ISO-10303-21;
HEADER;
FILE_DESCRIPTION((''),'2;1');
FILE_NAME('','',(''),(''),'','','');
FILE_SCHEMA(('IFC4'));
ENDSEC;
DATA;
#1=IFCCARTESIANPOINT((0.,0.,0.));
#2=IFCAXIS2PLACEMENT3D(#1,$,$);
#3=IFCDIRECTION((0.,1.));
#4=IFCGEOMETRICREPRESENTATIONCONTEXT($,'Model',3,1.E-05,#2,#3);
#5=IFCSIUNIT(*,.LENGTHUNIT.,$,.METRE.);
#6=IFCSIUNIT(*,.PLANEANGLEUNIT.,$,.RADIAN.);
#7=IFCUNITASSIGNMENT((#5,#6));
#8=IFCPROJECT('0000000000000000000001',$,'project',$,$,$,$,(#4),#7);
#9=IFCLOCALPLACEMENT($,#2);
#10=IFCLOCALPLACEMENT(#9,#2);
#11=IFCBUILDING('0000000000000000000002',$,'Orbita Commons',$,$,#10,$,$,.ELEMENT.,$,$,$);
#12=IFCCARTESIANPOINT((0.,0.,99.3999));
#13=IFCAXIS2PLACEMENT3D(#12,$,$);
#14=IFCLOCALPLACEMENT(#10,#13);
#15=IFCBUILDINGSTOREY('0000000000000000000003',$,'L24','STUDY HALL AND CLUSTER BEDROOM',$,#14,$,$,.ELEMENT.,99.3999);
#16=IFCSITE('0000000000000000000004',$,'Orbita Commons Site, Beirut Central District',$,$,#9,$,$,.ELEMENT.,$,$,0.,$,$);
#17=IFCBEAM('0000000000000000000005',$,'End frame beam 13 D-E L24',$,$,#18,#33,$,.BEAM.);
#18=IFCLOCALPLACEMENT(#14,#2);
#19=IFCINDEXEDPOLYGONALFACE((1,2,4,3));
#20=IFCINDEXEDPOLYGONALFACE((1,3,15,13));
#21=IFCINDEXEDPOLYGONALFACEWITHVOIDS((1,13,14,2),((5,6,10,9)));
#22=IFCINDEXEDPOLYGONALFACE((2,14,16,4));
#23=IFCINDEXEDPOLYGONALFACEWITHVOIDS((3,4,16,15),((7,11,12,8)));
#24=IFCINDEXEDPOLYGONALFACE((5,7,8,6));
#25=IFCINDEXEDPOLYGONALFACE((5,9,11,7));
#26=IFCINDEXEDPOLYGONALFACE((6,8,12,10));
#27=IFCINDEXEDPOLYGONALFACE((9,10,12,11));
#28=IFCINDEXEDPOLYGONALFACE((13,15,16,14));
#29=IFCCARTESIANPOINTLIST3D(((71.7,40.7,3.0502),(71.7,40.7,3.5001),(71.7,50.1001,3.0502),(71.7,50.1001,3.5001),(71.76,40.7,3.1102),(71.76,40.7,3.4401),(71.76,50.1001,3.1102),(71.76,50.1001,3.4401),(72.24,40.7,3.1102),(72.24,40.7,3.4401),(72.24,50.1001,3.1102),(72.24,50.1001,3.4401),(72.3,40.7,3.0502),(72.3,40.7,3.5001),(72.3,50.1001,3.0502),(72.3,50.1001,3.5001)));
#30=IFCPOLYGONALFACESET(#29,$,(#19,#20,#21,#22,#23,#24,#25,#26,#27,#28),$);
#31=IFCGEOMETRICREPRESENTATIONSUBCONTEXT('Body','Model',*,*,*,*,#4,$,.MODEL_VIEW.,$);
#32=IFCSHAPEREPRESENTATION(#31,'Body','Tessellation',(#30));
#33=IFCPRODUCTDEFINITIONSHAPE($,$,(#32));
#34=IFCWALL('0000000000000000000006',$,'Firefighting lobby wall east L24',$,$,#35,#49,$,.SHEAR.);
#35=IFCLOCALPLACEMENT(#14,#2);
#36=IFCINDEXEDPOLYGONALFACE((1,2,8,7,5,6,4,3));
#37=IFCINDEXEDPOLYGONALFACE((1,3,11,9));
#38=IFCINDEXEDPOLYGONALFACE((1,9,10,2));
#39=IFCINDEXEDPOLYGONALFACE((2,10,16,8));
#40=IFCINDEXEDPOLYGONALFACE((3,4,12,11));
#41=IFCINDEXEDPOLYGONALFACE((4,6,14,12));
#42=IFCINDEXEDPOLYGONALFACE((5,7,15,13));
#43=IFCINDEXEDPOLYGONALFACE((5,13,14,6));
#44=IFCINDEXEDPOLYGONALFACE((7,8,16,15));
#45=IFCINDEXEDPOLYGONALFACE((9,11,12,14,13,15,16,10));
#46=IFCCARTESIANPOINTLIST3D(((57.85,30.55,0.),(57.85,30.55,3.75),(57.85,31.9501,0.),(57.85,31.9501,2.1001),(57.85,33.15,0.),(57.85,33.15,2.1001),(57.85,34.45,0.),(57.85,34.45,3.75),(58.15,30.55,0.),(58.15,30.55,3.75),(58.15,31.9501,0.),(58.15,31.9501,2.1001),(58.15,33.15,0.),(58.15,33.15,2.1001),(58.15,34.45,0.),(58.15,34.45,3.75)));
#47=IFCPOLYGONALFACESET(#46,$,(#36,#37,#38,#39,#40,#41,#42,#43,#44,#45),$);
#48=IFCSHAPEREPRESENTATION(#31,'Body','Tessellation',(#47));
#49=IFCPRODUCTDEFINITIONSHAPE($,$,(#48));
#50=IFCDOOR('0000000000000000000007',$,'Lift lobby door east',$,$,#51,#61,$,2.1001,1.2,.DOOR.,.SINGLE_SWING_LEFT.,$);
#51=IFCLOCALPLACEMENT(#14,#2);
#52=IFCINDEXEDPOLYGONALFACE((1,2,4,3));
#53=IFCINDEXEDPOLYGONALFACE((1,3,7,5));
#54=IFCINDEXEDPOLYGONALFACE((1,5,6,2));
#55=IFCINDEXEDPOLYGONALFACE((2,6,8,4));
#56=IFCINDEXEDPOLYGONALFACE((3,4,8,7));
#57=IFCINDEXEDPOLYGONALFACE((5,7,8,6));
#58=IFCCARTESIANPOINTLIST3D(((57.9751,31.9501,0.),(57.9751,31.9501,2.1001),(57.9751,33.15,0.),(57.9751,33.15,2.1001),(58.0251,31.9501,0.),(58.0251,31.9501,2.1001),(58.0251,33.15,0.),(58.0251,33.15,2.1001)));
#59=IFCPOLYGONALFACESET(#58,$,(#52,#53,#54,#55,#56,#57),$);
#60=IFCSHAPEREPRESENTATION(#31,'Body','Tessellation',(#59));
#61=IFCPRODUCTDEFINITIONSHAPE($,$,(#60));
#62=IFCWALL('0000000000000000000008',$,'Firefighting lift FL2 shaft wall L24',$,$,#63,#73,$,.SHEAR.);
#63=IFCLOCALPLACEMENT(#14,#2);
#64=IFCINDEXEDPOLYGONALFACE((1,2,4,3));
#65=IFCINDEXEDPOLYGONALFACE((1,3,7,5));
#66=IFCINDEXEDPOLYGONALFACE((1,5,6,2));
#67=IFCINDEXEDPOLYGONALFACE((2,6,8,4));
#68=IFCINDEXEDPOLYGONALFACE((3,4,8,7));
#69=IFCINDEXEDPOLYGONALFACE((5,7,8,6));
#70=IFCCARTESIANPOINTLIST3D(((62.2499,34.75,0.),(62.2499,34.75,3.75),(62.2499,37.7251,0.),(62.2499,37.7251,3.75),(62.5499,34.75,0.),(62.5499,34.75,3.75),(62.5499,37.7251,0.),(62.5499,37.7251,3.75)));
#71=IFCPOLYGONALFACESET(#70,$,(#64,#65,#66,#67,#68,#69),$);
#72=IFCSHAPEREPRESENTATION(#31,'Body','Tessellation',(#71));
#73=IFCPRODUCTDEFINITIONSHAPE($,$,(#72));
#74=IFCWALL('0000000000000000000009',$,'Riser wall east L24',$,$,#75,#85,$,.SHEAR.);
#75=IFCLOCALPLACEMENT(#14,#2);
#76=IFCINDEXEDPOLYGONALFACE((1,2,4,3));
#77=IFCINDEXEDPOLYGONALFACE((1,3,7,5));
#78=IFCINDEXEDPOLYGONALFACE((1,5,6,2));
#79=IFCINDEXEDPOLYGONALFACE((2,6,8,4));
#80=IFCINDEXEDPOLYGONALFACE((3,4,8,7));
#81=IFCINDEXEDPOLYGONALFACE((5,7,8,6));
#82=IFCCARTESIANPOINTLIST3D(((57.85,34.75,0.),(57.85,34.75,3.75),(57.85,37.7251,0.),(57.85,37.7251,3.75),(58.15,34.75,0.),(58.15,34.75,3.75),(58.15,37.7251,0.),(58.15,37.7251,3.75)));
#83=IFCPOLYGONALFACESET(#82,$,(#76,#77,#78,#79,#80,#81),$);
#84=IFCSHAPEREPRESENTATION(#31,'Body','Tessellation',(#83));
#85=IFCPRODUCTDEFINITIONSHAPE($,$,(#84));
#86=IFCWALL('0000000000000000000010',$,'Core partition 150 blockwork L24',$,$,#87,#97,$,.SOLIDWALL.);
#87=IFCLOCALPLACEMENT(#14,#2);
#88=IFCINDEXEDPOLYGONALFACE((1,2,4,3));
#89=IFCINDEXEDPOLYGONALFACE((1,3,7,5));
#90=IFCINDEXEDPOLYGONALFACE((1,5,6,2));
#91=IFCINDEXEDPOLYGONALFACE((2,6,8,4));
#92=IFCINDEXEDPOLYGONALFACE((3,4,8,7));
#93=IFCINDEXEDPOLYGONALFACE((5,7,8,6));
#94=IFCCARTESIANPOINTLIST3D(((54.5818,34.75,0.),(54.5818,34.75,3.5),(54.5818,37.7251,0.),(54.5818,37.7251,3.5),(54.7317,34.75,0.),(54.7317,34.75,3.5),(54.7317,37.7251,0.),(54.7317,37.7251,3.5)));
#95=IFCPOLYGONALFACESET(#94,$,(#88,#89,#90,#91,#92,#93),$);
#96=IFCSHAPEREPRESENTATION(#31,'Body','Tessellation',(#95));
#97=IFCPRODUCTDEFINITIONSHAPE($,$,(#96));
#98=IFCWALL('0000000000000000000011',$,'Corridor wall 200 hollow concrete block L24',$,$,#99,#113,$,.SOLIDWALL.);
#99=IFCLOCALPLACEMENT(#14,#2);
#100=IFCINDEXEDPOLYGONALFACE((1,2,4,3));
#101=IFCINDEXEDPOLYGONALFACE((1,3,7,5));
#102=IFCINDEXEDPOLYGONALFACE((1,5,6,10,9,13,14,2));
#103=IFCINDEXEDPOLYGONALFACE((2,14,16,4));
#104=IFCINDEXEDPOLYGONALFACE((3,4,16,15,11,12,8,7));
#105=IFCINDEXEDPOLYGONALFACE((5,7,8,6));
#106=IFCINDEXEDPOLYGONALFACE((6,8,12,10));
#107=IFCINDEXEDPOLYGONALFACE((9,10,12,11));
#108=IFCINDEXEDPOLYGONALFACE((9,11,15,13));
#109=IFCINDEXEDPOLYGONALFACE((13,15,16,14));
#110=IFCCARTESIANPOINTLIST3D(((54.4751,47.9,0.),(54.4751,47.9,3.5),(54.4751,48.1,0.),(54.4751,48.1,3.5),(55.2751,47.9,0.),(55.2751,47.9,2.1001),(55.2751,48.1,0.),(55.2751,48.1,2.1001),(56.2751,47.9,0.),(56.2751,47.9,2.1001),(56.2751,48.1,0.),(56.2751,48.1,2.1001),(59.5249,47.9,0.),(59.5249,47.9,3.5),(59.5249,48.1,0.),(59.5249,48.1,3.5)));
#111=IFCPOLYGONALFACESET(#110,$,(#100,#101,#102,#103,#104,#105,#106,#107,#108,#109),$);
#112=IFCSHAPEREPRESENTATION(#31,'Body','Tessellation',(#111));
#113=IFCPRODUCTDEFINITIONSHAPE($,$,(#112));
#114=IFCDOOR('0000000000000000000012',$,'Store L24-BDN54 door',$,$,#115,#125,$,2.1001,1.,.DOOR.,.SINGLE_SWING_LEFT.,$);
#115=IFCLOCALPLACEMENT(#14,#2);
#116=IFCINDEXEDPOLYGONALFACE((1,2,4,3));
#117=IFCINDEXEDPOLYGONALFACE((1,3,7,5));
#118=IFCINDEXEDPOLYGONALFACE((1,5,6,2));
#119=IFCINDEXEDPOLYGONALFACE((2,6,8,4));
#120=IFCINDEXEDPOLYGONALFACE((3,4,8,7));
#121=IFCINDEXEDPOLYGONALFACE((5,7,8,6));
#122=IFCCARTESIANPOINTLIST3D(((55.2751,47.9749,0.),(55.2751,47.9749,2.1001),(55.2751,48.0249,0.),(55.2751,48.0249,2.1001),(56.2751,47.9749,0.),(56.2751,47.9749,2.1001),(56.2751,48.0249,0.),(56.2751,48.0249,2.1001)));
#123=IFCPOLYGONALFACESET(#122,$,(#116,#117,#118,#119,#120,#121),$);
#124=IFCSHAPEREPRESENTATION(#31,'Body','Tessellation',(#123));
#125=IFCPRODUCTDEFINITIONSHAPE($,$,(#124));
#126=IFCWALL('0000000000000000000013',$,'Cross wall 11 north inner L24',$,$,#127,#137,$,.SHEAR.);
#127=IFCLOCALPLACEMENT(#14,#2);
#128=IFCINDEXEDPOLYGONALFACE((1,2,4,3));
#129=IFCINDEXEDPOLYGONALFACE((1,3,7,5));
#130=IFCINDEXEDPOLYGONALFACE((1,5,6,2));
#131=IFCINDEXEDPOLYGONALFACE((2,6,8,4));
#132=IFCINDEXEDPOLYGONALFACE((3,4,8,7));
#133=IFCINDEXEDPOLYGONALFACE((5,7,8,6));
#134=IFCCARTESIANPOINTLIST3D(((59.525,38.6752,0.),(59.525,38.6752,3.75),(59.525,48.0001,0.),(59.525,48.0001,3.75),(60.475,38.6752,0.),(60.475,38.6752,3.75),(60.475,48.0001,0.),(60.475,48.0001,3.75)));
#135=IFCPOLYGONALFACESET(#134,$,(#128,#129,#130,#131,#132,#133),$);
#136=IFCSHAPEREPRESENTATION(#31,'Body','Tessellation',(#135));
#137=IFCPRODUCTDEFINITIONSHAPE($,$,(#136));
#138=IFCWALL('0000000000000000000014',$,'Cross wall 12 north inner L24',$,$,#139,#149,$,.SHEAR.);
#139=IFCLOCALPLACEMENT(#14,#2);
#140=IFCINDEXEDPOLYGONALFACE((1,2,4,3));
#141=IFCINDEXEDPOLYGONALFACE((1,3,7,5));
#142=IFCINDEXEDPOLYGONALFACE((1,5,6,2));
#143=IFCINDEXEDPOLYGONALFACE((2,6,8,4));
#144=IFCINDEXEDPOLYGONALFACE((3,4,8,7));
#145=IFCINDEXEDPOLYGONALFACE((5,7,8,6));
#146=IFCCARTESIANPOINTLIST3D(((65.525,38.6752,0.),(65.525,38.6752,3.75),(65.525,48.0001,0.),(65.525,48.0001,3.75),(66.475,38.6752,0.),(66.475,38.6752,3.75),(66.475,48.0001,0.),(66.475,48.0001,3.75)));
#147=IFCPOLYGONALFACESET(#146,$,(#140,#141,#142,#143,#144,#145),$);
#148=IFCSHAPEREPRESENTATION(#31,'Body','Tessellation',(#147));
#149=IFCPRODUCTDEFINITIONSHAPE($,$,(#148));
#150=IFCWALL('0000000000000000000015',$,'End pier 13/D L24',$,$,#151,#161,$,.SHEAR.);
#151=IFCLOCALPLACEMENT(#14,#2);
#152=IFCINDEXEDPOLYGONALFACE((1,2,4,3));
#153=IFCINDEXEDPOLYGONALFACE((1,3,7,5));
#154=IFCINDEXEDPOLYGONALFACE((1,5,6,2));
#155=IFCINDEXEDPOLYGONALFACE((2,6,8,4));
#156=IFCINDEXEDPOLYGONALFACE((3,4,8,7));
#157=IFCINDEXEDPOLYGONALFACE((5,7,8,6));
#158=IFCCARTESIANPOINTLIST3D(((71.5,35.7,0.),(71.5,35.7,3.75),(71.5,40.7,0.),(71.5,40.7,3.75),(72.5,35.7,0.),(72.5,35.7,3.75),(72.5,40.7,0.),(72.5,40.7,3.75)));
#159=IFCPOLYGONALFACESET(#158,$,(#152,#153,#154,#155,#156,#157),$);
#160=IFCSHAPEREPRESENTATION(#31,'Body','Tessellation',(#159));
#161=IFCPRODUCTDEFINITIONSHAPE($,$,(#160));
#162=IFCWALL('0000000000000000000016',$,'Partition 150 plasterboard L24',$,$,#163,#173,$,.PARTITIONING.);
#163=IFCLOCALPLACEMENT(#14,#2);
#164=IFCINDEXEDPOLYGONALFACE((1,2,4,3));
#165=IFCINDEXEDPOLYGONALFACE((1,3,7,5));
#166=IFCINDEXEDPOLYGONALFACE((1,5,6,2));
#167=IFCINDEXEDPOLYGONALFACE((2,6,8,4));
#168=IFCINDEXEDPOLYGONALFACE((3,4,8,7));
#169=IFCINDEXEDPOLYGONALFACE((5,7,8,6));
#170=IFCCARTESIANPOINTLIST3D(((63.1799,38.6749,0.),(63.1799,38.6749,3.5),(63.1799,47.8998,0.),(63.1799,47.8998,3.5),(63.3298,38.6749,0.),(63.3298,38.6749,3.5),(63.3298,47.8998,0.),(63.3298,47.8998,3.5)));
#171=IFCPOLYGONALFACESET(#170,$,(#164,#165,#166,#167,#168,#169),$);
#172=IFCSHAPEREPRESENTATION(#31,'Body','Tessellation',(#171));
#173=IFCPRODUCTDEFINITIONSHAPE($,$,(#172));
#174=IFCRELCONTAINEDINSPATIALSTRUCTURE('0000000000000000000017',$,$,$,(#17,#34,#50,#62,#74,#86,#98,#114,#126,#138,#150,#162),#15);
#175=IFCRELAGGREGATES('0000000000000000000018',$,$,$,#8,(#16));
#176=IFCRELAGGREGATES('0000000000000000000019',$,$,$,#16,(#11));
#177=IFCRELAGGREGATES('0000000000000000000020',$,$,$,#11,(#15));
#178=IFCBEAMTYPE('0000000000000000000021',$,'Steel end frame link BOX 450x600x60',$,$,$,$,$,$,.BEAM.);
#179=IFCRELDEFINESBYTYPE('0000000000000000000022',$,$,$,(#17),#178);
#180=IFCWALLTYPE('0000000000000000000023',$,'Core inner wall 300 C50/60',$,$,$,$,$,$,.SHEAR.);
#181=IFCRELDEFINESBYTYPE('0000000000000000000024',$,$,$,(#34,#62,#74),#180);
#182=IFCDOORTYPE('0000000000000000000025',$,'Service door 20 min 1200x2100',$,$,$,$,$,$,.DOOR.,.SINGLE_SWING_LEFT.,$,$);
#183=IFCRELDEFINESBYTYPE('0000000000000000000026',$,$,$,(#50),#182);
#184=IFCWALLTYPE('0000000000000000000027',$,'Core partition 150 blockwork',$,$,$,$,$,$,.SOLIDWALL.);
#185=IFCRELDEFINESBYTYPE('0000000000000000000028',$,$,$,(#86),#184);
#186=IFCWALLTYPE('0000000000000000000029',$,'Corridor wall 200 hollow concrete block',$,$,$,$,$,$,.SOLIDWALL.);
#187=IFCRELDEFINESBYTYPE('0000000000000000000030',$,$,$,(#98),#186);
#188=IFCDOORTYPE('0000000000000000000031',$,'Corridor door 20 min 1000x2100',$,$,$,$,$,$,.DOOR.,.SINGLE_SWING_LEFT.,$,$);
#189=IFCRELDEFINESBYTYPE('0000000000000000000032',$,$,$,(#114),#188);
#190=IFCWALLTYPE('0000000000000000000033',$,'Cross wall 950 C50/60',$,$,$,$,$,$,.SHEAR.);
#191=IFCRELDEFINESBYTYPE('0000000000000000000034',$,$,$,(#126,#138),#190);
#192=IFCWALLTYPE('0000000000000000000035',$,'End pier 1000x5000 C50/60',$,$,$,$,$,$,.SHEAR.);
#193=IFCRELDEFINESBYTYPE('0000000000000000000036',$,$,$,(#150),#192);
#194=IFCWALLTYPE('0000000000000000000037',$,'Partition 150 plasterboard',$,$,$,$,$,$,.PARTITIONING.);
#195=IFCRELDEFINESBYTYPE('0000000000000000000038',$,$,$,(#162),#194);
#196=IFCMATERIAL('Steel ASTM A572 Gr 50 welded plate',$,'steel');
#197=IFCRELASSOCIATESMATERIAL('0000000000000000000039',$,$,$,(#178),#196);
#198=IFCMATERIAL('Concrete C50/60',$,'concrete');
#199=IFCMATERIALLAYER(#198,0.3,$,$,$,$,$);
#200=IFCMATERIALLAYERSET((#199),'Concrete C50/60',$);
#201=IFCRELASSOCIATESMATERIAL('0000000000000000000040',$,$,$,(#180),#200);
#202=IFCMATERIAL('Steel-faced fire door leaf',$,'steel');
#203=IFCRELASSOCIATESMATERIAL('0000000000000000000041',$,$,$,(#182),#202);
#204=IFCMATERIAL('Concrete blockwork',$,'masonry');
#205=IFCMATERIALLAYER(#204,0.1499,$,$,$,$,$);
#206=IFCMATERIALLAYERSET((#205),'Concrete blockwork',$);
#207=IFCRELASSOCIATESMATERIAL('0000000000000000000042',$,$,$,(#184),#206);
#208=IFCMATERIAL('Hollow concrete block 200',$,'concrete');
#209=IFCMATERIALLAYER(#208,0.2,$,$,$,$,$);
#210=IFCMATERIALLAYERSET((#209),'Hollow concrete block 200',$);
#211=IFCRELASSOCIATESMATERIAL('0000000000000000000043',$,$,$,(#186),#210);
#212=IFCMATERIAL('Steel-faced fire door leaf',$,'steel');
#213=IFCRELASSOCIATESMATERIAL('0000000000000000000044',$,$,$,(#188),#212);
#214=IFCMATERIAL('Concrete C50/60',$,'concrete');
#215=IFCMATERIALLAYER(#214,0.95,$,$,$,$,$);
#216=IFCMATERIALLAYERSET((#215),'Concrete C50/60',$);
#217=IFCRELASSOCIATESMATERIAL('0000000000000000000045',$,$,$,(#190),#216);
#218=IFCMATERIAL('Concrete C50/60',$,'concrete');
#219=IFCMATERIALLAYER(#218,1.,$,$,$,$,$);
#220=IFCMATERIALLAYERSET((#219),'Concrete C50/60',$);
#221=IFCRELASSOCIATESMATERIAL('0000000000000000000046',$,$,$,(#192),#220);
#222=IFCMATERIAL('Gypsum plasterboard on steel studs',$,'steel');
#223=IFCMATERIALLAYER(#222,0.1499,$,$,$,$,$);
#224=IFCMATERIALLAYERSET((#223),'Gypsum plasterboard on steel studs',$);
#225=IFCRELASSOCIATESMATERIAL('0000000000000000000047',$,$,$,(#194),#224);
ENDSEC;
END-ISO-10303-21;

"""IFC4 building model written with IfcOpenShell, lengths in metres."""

from ifc_helpers import new_model, si_unit, direction, frame, frame_2d, origin, origin_2d, place, context, subcontext, project, spatial, rectangle, hollow_rectangle, extrude, material, layer, layer_set, material_profile, profile_set, type_object, element, fill, save


model = new_model("IFC4")

# Units and contexts
model_context = context("Model", 3, precision=1e-05, world=origin(), true_north=direction((0.0, 1.0)))
body_context = subcontext(model_context, "Body", "Model", "MODEL_VIEW")
ifc_project = project(units=[si_unit("LENGTHUNIT", "METRE"), si_unit("PLANEANGLEUNIT", "RADIAN")], contexts=[model_context])

# Site, building, storey
site_placement = place(None, origin())
site = spatial("IfcSite", under=ifc_project, at=site_placement, Name="Orbita Commons Site, Beirut Central District", CompositionType="ELEMENT", RefElevation=0.0)
building_placement = place(site_placement, origin())
building = spatial("IfcBuilding", under=site, at=building_placement, Name="Orbita Commons", CompositionType="ELEMENT")
storey_placement = place(building_placement, frame((0.0, 0.0, 99.3999)))
storey = spatial("IfcBuildingStorey", under=building, at=storey_placement, Name="L24", Description="STUDY HALL AND CLUSTER BEDROOM", CompositionType="ELEMENT", Elevation=99.3999)

# Beam
ifc_material_1 = material(Name="Steel ASTM A572 Gr 50 welded plate", Category="steel")
ifc_material_profile = material_profile(ifc_material_1, hollow_rectangle(XDim=0.6001, YDim=0.45, WallThickness=0.0601, at=origin_2d()), Name="BOX 450x600x60")
ifc_profile_set = profile_set([ifc_material_profile], Name="Steel ASTM A572 Gr 50 welded plate")
beam_type = type_object("IfcBeamType", Name="Steel end frame link BOX 450x600x60", PredefinedType="BEAM", material=ifc_profile_set)
beam_placement = place(storey_placement, frame((72.0, 40.7, 3.2751), z_axis=(0.0, 1.0, 0.0), x_axis=(-1.0, 0.0, 0.0)))
element("IfcBeam", 1, at=beam_placement, inside=storey, type_object=beam_type, Name="End frame beam 13 D-E L24", PredefinedType="BEAM", context=body_context, shape_type="SweptSolid", body=[
    extrude(hollow_rectangle(XDim=0.6001, YDim=0.45, WallThickness=0.0601, at=origin_2d()), origin(), (0.0, 0.0, 1.0), 9.4001),
])

# Wall, opening, door
ifc_material_2 = material(Name="Concrete C50/60", Category="concrete")
ifc_layer_1 = layer(ifc_material_2, 0.3)
ifc_layer_set_1 = layer_set([ifc_layer_1], Name="Concrete C50/60")
wall_type_1 = type_object("IfcWallType", Name="Core inner wall 300 C50/60", PredefinedType="SHEAR", material=ifc_layer_set_1)
wall_1_placement = place(storey_placement, frame((58.0, 30.55, 0.0), z_axis=(0.0, 0.0, 1.0), x_axis=(0.0, 1.0, 0.0)))
wall_1 = element("IfcWall", 2, at=wall_1_placement, inside=storey, type_object=wall_type_1, Name="Firefighting lobby wall east L24", PredefinedType="SHEAR", context=body_context, shape_type="SweptSolid", body=[
    extrude(rectangle(XDim=3.8999, YDim=0.3, at=frame_2d((1.95, 0.0))), origin(), (0.0, 0.0, 1.0), 3.75),
])
opening_1_placement = place(wall_1_placement, frame((1.3999, 0.0, 0.0)))
opening_1 = element("IfcOpeningElement", 3, at=opening_1_placement, cuts=wall_1, PredefinedType="OPENING", context=body_context, shape_type="SweptSolid", body=[
    extrude(rectangle(XDim=1.2, YDim=2.1001, at=frame_2d((0.6001, 1.05))), frame((0.0, 0.1599, 0.0), z_axis=(0.0, -1.0, 0.0), x_axis=(1.0, 0.0, 0.0)), (0.0, 0.0, 1.0), 0.3201),
])
ifc_material_3 = material(Name="Steel-faced fire door leaf", Category="steel")
door_type_1 = type_object("IfcDoorType", Name="Service door 20 min 1200x2100", OperationType="SINGLE_SWING_LEFT", PredefinedType="DOOR", material=ifc_material_3)
door_1_placement = place(opening_1_placement, origin())
door_1 = element("IfcDoor", 4, at=door_1_placement, inside=storey, type_object=door_type_1, Name="Lift lobby door east", OperationType="SINGLE_SWING_LEFT", OverallHeight=2.1001, OverallWidth=1.2, PredefinedType="DOOR", context=body_context, shape_type="SweptSolid", body=[
    extrude(rectangle(XDim=1.2, YDim=2.1001, at=frame_2d((0.6001, 1.05))), frame((0.0, 0.0249, 0.0), z_axis=(0.0, -1.0, 0.0), x_axis=(1.0, 0.0, 0.0)), (0.0, 0.0, 1.0), 0.05),
])
fill(opening_1, door_1)

# Walls
for number, where, z_axis, x_axis, name in (
    (5, (62.3999, 34.75, 0.0), (0.0, 0.0, 1.0), (0.0, 1.0, 0.0), "Firefighting lift FL2 shaft wall L24"),
    (6, (58.0, 34.75, 0.0), (0.0, 0.0, 1.0), (0.0, 1.0, 0.0), "Riser wall east L24"),
):
    element("IfcWall", number, at=place(storey_placement, frame(where, z_axis=z_axis, x_axis=x_axis)), inside=storey, type_object=wall_type_1, Name=name, PredefinedType="SHEAR", context=body_context, shape_type="SweptSolid", body=[
        extrude(rectangle(XDim=2.9751, YDim=0.3, at=frame_2d((1.4875, 0.0))), origin(), (0.0, 0.0, 1.0), 3.75),
    ])
ifc_material_4 = material(Name="Concrete blockwork", Category="masonry")
ifc_layer_2 = layer(ifc_material_4, 0.1499)
ifc_layer_set_2 = layer_set([ifc_layer_2], Name="Concrete blockwork")
wall_type_2 = type_object("IfcWallType", Name="Core partition 150 blockwork", PredefinedType="SOLIDWALL", material=ifc_layer_set_2)
wall_2_placement = place(storey_placement, frame((54.6567, 34.75, 0.0), z_axis=(0.0, 0.0, 1.0), x_axis=(0.0, 1.0, 0.0)))
element("IfcWall", 7, at=wall_2_placement, inside=storey, type_object=wall_type_2, Name="Core partition 150 blockwork L24", PredefinedType="SOLIDWALL", context=body_context, shape_type="SweptSolid", body=[
    extrude(rectangle(XDim=2.9751, YDim=0.1499, at=frame_2d((1.4875, 0.0))), origin(), (0.0, 0.0, 1.0), 3.5),
])

# Wall, opening, door
ifc_material_5 = material(Name="Hollow concrete block 200", Category="concrete")
ifc_layer_3 = layer(ifc_material_5, 0.2)
ifc_layer_set_3 = layer_set([ifc_layer_3], Name="Hollow concrete block 200")
wall_type_3 = type_object("IfcWallType", Name="Corridor wall 200 hollow concrete block", PredefinedType="SOLIDWALL", material=ifc_layer_set_3)
wall_3_placement = place(storey_placement, frame((54.4751, 48.0, 0.0), z_axis=(0.0, 0.0, 1.0), x_axis=(1.0, 0.0, 0.0)))
wall_3 = element("IfcWall", 8, at=wall_3_placement, inside=storey, type_object=wall_type_3, Name="Corridor wall 200 hollow concrete block L24", PredefinedType="SOLIDWALL", context=body_context, shape_type="SweptSolid", body=[
    extrude(rectangle(XDim=5.0498, YDim=0.2, at=frame_2d((2.5249, 0.0))), origin(), (0.0, 0.0, 1.0), 3.5),
])
opening_2_placement = place(wall_3_placement, frame((0.8, 0.0, 0.0)))
opening_2 = element("IfcOpeningElement", 9, at=opening_2_placement, cuts=wall_3, PredefinedType="OPENING", context=body_context, shape_type="SweptSolid", body=[
    extrude(rectangle(XDim=1.0, YDim=2.1001, at=frame_2d((0.5, 1.05))), frame((0.0, 0.1099, 0.0), z_axis=(0.0, -1.0, 0.0), x_axis=(1.0, 0.0, 0.0)), (0.0, 0.0, 1.0), 0.22),
])
ifc_material_6 = material(Name="Steel-faced fire door leaf", Category="steel")
door_type_2 = type_object("IfcDoorType", Name="Corridor door 20 min 1000x2100", OperationType="SINGLE_SWING_LEFT", PredefinedType="DOOR", material=ifc_material_6)
door_2_placement = place(opening_2_placement, origin())
door_2 = element("IfcDoor", 10, at=door_2_placement, inside=storey, type_object=door_type_2, Name="Store L24-BDN54 door", OperationType="SINGLE_SWING_LEFT", OverallHeight=2.1001, OverallWidth=1.0, PredefinedType="DOOR", context=body_context, shape_type="SweptSolid", body=[
    extrude(rectangle(XDim=1.0, YDim=2.1001, at=frame_2d((0.5, 1.05))), frame((0.0, 0.0249, 0.0), z_axis=(0.0, -1.0, 0.0), x_axis=(1.0, 0.0, 0.0)), (0.0, 0.0, 1.0), 0.05),
])
fill(opening_2, door_2)

# Walls
ifc_material_7 = material(Name="Concrete C50/60", Category="concrete")
ifc_layer_4 = layer(ifc_material_7, 0.95)
ifc_layer_set_4 = layer_set([ifc_layer_4], Name="Concrete C50/60")
wall_type_4 = type_object("IfcWallType", Name="Cross wall 950 C50/60", PredefinedType="SHEAR", material=ifc_layer_set_4)
for number, where, z_axis, x_axis, name in (
    (11, (60.0, 38.675, 0.0), (0.0, 0.0, 1.0), (0.0, 1.0, 0.0), "Cross wall 11 north inner L24"),
    (12, (66.0, 38.675, 0.0), (0.0, 0.0, 1.0), (0.0, 1.0, 0.0), "Cross wall 12 north inner L24"),
):
    element("IfcWall", number, at=place(storey_placement, frame(where, z_axis=z_axis, x_axis=x_axis)), inside=storey, type_object=wall_type_4, Name=name, PredefinedType="SHEAR", context=body_context, shape_type="SweptSolid", body=[
        extrude(rectangle(XDim=9.325, YDim=0.95, at=frame_2d((4.6626, 0.0))), origin(), (0.0, 0.0, 1.0), 3.75),
    ])
ifc_material_8 = material(Name="Concrete C50/60", Category="concrete")
ifc_layer_5 = layer(ifc_material_8, 1.0)
ifc_layer_set_5 = layer_set([ifc_layer_5], Name="Concrete C50/60")
wall_type_5 = type_object("IfcWallType", Name="End pier 1000x5000 C50/60", PredefinedType="SHEAR", material=ifc_layer_set_5)
wall_4_placement = place(storey_placement, frame((72.0, 35.7, 0.0), z_axis=(0.0, 0.0, 1.0), x_axis=(0.0, 1.0, 0.0)))
element("IfcWall", 13, at=wall_4_placement, inside=storey, type_object=wall_type_5, Name="End pier 13/D L24", PredefinedType="SHEAR", context=body_context, shape_type="SweptSolid", body=[
    extrude(rectangle(XDim=5.0, YDim=1.0, at=frame_2d((2.5, 0.0))), origin(), (0.0, 0.0, 1.0), 3.75),
])
ifc_material_9 = material(Name="Gypsum plasterboard on steel studs", Category="steel")
ifc_layer_6 = layer(ifc_material_9, 0.1499)
ifc_layer_set_6 = layer_set([ifc_layer_6], Name="Gypsum plasterboard on steel studs")
wall_type_6 = type_object("IfcWallType", Name="Partition 150 plasterboard", PredefinedType="PARTITIONING", material=ifc_layer_set_6)
wall_5_placement = place(storey_placement, frame((63.2549, 38.675, 0.0), z_axis=(0.0, 0.0, 1.0), x_axis=(0.0, 1.0, 0.0)))
element("IfcWall", 14, at=wall_5_placement, inside=storey, type_object=wall_type_6, Name="Partition 150 plasterboard L24", PredefinedType="PARTITIONING", context=body_context, shape_type="SweptSolid", body=[
    extrude(rectangle(XDim=9.2249, YDim=0.1499, at=frame_2d((4.6123, 0.0))), origin(), (0.0, 0.0, 1.0), 3.5),
])

save(model, "model.ifc")
